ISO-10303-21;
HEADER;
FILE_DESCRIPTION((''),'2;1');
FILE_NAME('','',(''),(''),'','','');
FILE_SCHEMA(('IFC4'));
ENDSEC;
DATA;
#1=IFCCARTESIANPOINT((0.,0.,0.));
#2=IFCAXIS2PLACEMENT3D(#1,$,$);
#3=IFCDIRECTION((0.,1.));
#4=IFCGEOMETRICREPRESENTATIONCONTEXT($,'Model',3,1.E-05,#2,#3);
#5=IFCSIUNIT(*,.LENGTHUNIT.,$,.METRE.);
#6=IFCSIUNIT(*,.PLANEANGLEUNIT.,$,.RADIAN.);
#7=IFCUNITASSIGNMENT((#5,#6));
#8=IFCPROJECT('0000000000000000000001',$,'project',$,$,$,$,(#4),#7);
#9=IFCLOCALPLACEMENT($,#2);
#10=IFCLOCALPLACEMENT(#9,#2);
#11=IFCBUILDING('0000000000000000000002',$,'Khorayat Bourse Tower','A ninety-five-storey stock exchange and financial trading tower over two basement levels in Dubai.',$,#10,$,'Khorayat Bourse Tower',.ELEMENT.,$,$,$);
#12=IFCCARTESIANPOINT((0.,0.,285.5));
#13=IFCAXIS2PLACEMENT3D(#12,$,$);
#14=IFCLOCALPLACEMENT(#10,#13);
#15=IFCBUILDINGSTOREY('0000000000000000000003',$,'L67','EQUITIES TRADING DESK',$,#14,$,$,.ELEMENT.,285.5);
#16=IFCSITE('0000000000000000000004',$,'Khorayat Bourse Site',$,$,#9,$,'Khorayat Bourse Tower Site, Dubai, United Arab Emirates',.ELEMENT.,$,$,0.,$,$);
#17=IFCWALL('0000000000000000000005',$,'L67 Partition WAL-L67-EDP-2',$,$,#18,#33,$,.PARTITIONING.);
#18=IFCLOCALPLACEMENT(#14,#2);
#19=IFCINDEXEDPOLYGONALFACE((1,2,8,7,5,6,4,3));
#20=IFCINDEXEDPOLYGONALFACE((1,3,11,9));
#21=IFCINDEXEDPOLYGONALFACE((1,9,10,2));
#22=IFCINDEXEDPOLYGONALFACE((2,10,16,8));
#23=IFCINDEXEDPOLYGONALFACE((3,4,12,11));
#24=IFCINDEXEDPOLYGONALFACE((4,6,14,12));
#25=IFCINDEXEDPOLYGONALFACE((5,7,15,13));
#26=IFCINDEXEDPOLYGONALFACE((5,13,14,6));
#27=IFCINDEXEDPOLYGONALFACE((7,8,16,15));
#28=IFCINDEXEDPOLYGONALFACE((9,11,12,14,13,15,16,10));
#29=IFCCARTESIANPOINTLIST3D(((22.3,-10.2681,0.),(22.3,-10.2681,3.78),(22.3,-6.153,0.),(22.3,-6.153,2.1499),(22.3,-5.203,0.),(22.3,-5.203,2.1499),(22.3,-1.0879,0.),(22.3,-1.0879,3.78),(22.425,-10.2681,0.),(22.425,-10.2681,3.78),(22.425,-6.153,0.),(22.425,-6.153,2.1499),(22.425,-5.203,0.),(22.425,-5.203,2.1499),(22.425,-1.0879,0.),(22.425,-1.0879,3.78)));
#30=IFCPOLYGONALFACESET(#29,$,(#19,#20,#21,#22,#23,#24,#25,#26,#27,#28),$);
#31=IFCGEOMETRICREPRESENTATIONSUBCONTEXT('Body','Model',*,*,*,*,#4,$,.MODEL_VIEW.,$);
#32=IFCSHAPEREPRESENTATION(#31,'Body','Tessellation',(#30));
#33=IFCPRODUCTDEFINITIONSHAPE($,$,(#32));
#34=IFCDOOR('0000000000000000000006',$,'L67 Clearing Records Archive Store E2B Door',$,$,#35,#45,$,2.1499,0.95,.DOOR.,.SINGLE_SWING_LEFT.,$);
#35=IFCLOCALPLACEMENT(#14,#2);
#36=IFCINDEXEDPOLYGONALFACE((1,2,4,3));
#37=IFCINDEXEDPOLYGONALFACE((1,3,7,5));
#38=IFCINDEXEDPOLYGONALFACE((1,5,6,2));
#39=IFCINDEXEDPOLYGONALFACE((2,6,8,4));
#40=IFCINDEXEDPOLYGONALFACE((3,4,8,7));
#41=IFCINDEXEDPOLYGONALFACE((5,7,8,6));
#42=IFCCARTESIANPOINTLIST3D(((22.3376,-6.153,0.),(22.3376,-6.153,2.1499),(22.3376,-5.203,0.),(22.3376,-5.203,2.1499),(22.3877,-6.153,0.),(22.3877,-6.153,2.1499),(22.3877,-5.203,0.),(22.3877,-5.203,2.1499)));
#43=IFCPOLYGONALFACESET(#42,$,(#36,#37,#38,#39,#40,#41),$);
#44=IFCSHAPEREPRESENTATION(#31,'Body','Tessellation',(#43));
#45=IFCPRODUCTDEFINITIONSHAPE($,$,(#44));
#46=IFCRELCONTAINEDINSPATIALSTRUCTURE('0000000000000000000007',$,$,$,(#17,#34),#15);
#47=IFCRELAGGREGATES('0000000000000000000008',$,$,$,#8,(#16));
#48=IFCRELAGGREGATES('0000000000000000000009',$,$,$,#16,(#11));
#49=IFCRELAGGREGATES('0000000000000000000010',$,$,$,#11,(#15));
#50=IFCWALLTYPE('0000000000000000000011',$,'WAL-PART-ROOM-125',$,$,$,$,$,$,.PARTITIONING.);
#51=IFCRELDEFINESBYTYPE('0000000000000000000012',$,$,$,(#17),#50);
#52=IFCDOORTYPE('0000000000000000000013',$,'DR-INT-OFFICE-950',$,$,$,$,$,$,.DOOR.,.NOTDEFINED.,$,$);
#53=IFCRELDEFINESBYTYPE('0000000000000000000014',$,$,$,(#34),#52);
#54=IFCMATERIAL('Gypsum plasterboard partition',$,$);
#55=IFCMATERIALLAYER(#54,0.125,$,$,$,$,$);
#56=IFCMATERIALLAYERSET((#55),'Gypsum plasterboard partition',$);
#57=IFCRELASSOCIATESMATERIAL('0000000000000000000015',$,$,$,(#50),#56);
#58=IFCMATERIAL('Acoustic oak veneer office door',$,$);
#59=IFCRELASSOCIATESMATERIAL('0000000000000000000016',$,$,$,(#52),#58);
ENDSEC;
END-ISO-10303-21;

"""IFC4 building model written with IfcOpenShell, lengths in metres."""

from ifc_helpers import new_model, si_unit, direction, frame, frame_2d, origin, place, context, subcontext, project, spatial, rectangle, extrude, source, transform, mapped, material, layer, layer_set, type_object, element, fill, save


model = new_model("IFC4")

# Units and contexts
model_context = context("Model", 3, precision=1e-05, world=origin(), true_north=direction((0.0, 1.0)))
body_context = subcontext(model_context, "Body", "Model", "MODEL_VIEW")
ifc_project = project(units=[si_unit("LENGTHUNIT", "METRE"), si_unit("PLANEANGLEUNIT", "RADIAN")], contexts=[model_context])

# Site, building, storey
site_placement = place(None, origin())
site = spatial("IfcSite", under=ifc_project, at=site_placement, Name="Khorayat Bourse Site", LongName="Khorayat Bourse Tower Site, Dubai, United Arab Emirates", CompositionType="ELEMENT", RefElevation=0.0)
building_placement = place(site_placement, origin())
building = spatial("IfcBuilding", under=site, at=building_placement, Name="Khorayat Bourse Tower", Description="A ninety-five-storey stock exchange and financial trading tower over two basement levels in Dubai.", LongName="Khorayat Bourse Tower", CompositionType="ELEMENT")
storey_placement = place(building_placement, frame((0.0, 0.0, 285.5)))
storey = spatial("IfcBuildingStorey", under=building, at=storey_placement, Name="L67", Description="EQUITIES TRADING DESK", CompositionType="ELEMENT", Elevation=285.5)

# Wall, opening, door
ifc_material_1 = material(Name="Gypsum plasterboard partition")
ifc_layer_1 = layer(ifc_material_1, 0.125)
ifc_layer_set_1 = layer_set([ifc_layer_1], Name="Gypsum plasterboard partition")
wall_type = type_object("IfcWallType", Name="WAL-PART-ROOM-125", PredefinedType="PARTITIONING", material=ifc_layer_set_1)
shared_shape_1 = source(origin(), body_context, "Body", "SweptSolid", [
    extrude(rectangle(XDim=0.95, YDim=2.1499, at=frame_2d((0.4751, 1.075))), frame((0.0, 0.0725, 0.0), z_axis=(0.0, -1.0, 0.0), x_axis=(1.0, 0.0, 0.0)), (0.0, 0.0, 1.0), 0.145),
])
ifc_material_2 = material(Name="Acoustic oak veneer office door")
door_type = type_object("IfcDoorType", Name="DR-INT-OFFICE-950", OperationType="NOTDEFINED", PredefinedType="DOOR", material=ifc_material_2)
shared_shape_2 = source(origin(), body_context, "Body", "SweptSolid", [
    extrude(rectangle(XDim=0.95, YDim=2.1499, at=frame_2d((0.4751, 1.075))), frame((0.0, 0.0249, 0.0), z_axis=(0.0, -1.0, 0.0), x_axis=(1.0, 0.0, 0.0)), (0.0, 0.0, 1.0), 0.05),
])
shared_shape_3 = source(origin(), body_context, "Body", "SweptSolid", [
    extrude(rectangle(XDim=9.1802, YDim=0.125, at=frame_2d((4.5901, 0.0))), origin(), (0.0, 0.0, 1.0), 3.78),
])
wall_1_placement = place(storey_placement, frame((22.3625, -10.2681, 0.0), z_axis=(0.0, 0.0, 1.0), x_axis=(0.0, 1.0, 0.0)))
wall_1 = element("IfcWall", 1, at=wall_1_placement, inside=storey, type_object=wall_type, Name="L67 Partition WAL-L67-EDP-2", PredefinedType="PARTITIONING", context=body_context, shape_type="MappedRepresentation", body=[
    mapped(shared_shape_3, transform((0.0, 0.0, 0.0), scale=1.0)),
])
opening_1_placement = place(wall_1_placement, frame((4.115, 0.0, 0.0)))
opening_1 = element("IfcOpeningElement", 2, at=opening_1_placement, cuts=wall_1, PredefinedType="OPENING", context=body_context, shape_type="MappedRepresentation", body=[
    mapped(shared_shape_1, transform((0.0, 0.0, 0.0), scale=1.0)),
])
door_1_placement = place(opening_1_placement, origin())
door_1 = element("IfcDoor", 3, at=door_1_placement, inside=storey, type_object=door_type, Name="L67 Clearing Records Archive Store E2B Door", OperationType="SINGLE_SWING_LEFT", OverallHeight=2.1499, OverallWidth=0.95, PredefinedType="DOOR", context=body_context, shape_type="MappedRepresentation", body=[
    mapped(shared_shape_2, transform((0.0, 0.0, 0.0), scale=1.0)),
])
fill(opening_1, door_1)

save(model, "model.ifc")
